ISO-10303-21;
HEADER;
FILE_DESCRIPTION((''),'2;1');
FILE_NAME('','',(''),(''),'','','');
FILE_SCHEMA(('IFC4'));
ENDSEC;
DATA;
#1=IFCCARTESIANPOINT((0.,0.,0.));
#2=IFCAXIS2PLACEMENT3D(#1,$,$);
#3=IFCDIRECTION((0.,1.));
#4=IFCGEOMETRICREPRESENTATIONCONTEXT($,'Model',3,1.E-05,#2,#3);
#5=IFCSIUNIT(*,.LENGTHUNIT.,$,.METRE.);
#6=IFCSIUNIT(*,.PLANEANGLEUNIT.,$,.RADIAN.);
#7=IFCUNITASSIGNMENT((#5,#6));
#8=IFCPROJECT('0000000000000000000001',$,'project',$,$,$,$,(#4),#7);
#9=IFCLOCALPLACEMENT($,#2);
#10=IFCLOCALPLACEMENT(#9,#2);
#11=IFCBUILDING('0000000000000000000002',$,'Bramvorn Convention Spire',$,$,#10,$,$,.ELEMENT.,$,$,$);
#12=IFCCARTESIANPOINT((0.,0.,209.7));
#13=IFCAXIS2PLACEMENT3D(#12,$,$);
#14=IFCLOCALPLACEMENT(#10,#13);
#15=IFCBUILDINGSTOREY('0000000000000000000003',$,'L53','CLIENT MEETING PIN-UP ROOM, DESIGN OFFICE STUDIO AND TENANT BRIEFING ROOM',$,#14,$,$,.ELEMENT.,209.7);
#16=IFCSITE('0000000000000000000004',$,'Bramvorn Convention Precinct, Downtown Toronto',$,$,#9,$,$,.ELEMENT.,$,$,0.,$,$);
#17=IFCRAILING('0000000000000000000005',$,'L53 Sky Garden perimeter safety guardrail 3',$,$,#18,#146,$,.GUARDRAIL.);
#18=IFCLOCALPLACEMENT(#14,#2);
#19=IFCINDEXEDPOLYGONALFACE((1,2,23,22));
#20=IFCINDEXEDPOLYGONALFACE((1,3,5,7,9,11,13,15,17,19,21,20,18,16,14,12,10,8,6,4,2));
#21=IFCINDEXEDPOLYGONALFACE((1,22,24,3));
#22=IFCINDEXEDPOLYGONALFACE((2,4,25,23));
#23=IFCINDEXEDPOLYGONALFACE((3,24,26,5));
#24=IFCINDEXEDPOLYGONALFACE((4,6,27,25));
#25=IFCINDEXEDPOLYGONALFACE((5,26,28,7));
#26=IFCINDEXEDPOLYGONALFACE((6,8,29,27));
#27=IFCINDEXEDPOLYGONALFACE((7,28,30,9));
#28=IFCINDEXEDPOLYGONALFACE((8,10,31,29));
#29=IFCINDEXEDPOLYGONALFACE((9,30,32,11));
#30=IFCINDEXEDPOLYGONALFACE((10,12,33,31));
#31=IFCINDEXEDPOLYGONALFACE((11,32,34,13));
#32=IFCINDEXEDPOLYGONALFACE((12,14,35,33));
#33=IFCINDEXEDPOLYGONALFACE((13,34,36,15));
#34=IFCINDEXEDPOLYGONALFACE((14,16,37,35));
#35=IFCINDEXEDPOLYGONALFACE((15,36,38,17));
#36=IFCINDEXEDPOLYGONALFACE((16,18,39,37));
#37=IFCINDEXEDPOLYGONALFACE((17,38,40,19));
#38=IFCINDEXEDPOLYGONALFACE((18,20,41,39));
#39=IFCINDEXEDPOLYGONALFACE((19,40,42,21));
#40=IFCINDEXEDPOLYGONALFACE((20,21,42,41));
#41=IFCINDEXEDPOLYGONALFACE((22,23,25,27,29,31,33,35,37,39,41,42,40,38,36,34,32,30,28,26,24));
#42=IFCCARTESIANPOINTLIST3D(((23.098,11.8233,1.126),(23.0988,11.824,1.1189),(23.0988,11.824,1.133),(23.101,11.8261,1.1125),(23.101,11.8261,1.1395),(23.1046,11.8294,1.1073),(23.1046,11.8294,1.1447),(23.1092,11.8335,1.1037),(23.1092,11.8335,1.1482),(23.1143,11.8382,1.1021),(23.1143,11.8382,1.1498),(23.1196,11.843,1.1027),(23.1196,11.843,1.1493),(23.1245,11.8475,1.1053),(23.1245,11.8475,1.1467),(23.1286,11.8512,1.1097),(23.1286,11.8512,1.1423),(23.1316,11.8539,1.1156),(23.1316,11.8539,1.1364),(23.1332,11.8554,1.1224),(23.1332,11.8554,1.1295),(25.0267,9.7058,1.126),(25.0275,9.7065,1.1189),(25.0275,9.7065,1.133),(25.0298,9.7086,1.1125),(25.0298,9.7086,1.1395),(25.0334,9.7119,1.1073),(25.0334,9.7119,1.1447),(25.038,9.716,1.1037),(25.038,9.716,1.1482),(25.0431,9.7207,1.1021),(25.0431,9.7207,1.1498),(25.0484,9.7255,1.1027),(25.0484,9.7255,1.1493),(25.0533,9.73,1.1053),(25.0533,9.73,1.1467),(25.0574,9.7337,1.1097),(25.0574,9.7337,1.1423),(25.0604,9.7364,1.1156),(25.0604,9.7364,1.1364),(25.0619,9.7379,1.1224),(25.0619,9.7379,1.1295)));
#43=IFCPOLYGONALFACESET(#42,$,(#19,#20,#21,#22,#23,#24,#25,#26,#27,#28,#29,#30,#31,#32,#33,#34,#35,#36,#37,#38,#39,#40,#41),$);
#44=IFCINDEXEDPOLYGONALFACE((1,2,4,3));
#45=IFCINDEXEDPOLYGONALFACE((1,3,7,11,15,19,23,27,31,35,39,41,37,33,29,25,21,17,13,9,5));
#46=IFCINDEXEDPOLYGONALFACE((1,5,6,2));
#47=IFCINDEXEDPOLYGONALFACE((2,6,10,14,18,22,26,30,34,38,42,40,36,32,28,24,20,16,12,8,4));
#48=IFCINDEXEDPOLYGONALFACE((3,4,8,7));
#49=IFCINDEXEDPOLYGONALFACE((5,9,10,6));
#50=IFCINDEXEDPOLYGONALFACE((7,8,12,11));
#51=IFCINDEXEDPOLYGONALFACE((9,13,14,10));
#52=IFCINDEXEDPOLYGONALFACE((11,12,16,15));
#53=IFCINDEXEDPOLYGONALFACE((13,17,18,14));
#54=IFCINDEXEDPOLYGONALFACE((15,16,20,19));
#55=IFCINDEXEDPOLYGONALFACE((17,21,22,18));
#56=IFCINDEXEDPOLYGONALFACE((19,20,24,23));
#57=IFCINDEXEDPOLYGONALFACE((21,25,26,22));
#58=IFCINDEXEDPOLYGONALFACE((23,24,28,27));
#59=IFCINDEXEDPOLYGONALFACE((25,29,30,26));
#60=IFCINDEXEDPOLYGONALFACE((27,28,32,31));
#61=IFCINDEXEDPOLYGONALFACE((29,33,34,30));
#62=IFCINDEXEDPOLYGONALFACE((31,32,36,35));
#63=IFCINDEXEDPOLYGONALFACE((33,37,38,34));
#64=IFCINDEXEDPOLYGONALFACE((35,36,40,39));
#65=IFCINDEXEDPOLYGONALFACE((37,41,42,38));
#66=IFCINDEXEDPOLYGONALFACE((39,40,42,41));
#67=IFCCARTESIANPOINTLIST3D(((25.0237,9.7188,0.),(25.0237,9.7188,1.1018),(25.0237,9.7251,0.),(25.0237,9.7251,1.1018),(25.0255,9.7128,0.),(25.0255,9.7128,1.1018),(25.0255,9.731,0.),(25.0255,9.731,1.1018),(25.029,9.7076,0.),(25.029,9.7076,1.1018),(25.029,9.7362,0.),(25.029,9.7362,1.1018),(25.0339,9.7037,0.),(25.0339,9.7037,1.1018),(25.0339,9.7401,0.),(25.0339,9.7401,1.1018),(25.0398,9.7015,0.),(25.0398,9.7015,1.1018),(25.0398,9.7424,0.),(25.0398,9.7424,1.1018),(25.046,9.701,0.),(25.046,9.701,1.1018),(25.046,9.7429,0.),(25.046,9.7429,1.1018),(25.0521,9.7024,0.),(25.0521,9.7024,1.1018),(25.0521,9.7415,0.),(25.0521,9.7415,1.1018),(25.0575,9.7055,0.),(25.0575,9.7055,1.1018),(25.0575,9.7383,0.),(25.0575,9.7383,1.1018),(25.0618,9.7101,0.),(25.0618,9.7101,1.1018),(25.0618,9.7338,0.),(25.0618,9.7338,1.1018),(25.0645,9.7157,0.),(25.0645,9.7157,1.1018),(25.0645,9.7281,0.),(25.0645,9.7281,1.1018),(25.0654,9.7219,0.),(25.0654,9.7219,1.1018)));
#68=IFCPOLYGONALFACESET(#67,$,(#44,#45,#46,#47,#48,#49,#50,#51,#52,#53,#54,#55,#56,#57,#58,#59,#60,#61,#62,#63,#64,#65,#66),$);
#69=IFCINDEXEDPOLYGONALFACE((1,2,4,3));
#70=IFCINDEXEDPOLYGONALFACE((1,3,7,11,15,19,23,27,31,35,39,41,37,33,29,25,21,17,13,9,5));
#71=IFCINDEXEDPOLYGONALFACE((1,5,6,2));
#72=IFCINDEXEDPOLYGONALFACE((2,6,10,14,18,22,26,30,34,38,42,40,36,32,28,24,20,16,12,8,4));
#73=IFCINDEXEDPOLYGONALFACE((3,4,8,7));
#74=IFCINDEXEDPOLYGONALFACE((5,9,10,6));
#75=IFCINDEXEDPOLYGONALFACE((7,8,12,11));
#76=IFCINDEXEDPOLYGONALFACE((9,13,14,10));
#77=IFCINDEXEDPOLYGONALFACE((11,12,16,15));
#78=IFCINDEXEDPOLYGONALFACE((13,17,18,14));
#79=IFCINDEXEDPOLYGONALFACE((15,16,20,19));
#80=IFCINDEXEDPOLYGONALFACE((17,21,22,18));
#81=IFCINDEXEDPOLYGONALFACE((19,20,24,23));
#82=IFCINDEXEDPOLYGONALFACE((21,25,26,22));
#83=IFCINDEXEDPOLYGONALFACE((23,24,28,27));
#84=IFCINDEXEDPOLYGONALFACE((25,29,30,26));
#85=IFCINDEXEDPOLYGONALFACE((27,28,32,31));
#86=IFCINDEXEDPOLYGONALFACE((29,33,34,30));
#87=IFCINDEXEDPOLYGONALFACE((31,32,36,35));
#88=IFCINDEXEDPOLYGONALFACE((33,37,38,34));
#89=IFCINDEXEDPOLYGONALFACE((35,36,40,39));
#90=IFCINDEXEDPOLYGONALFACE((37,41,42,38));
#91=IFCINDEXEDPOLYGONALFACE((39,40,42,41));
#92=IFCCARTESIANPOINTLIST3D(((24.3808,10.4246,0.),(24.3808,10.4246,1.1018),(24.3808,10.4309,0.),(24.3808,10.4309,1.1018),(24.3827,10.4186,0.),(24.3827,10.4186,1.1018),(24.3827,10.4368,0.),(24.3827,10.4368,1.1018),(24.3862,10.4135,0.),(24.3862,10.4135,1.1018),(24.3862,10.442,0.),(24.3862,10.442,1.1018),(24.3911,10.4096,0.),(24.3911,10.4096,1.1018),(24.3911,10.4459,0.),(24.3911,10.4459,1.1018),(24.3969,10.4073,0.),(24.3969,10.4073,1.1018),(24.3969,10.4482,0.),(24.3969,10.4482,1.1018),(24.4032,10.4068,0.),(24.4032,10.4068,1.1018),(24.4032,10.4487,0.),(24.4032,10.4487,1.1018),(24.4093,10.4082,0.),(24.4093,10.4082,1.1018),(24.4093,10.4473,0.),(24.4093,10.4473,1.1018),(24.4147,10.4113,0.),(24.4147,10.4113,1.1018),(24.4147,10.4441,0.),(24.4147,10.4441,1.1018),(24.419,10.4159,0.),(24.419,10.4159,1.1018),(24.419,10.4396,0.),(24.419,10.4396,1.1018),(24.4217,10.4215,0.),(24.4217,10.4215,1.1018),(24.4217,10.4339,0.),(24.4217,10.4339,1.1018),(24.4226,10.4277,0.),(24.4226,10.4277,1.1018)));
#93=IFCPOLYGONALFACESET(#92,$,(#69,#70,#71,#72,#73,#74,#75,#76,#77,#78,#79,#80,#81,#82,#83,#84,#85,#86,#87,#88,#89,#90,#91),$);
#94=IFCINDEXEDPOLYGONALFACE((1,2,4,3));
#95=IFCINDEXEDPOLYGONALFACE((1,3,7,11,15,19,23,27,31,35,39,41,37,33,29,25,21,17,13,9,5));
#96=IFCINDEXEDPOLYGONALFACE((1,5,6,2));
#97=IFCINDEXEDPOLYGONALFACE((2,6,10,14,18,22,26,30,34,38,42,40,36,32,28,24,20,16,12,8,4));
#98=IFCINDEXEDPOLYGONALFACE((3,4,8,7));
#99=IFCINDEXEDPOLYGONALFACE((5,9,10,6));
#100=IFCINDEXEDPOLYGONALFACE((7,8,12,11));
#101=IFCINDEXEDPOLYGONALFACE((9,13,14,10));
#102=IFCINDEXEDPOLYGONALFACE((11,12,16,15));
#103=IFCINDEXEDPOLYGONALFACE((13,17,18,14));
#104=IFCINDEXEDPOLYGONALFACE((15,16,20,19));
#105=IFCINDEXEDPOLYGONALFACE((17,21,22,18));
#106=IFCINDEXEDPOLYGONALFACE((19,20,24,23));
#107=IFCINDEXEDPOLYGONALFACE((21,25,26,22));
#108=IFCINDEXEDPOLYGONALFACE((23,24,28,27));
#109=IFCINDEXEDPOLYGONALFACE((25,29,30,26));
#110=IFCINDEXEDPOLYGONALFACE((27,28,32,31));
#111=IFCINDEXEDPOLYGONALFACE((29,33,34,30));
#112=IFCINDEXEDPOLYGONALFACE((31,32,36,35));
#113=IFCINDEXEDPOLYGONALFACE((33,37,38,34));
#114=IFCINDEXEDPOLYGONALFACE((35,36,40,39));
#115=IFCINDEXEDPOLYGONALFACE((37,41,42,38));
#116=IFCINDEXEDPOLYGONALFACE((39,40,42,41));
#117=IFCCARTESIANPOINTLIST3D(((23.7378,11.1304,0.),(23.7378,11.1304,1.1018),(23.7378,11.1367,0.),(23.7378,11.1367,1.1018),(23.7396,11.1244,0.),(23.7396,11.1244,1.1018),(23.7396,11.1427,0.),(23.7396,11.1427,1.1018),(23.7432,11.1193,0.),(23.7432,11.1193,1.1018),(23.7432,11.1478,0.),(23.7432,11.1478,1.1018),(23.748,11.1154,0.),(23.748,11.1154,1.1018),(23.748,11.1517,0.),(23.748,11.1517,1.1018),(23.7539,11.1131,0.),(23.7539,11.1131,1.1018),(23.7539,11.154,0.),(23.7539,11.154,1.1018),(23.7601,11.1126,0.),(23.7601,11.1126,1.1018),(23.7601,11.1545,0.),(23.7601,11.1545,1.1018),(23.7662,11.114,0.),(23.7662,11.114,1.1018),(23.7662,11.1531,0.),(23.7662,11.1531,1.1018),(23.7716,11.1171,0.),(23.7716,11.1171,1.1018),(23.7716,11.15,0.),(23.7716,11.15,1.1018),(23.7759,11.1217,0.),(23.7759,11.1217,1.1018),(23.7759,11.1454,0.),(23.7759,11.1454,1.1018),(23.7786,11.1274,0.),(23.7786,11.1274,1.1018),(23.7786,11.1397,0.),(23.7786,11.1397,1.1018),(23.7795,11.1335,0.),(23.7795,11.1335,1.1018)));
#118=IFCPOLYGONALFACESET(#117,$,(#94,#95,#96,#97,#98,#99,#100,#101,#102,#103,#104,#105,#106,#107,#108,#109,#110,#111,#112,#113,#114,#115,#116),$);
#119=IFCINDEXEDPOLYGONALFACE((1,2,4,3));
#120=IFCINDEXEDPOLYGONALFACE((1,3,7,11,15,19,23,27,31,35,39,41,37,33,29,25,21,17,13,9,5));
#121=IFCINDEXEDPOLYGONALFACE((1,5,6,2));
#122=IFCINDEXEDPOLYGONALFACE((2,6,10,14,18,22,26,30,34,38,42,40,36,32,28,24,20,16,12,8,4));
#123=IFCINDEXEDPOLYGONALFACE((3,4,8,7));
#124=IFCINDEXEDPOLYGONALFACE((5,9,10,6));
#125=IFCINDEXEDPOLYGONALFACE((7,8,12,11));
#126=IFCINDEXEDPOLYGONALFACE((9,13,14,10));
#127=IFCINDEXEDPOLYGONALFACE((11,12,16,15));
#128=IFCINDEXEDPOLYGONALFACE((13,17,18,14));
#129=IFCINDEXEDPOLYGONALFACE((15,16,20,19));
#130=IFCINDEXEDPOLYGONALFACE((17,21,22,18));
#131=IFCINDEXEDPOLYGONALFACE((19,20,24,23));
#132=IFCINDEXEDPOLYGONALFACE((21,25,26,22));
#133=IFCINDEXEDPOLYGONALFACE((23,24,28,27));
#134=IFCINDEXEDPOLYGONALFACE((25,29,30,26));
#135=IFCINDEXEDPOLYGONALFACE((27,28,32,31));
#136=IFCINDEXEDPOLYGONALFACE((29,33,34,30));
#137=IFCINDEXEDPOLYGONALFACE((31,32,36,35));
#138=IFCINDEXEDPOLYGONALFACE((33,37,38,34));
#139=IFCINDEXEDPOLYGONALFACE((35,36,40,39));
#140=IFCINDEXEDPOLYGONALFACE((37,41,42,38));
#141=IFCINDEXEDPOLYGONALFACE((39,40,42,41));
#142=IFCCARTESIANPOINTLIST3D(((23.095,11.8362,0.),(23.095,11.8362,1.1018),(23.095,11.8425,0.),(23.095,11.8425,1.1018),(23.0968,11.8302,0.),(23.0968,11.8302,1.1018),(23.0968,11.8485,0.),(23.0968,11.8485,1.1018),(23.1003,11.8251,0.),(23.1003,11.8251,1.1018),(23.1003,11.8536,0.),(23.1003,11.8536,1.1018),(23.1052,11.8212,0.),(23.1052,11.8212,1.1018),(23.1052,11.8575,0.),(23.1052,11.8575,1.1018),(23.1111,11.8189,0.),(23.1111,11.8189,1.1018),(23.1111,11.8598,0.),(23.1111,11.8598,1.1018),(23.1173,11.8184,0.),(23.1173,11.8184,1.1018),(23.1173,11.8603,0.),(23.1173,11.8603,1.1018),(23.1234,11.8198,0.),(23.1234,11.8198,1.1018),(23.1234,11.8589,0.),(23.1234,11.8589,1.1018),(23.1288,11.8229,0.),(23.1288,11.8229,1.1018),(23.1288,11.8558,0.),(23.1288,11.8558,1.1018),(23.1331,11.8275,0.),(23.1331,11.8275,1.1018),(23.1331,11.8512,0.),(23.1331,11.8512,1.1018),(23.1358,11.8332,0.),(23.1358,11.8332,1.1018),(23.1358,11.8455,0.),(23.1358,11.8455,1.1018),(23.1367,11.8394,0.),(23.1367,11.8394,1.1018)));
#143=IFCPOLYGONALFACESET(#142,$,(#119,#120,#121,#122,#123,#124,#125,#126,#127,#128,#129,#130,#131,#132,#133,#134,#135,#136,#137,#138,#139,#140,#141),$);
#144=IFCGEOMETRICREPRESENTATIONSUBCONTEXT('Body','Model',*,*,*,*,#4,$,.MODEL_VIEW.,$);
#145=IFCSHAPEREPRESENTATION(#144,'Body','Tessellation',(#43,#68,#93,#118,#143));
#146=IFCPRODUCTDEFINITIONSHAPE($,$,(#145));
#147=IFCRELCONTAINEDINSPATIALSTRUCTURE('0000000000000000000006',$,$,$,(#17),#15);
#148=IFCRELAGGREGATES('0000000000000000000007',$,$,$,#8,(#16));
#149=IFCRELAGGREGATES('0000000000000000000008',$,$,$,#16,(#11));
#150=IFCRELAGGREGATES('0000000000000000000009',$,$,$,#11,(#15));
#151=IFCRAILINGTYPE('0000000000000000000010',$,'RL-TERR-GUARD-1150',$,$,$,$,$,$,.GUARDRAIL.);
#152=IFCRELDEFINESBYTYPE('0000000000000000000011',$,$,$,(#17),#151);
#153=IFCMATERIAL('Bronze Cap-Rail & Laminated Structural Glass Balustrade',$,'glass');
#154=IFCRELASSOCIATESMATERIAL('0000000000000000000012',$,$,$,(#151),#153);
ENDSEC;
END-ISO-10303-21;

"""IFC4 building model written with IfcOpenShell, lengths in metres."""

from ifc_helpers import new_model, si_unit, direction, frame, origin, origin_2d, place, context, subcontext, project, spatial, circle, extrude, material, type_object, element, save


model = new_model("IFC4")

# Units and contexts
model_context = context("Model", 3, precision=1e-05, world=origin(), true_north=direction((0.0, 1.0)))
body_context = subcontext(model_context, "Body", "Model", "MODEL_VIEW")
ifc_project = project(units=[si_unit("LENGTHUNIT", "METRE"), si_unit("PLANEANGLEUNIT", "RADIAN")], contexts=[model_context])

# Site, building, storey
site_placement = place(None, origin())
site = spatial("IfcSite", under=ifc_project, at=site_placement, Name="Bramvorn Convention Precinct, Downtown Toronto", CompositionType="ELEMENT", RefElevation=0.0)
building_placement = place(site_placement, origin())
building = spatial("IfcBuilding", under=site, at=building_placement, Name="Bramvorn Convention Spire", CompositionType="ELEMENT")
storey_placement = place(building_placement, frame((0.0, 0.0, 209.7)))
storey = spatial("IfcBuildingStorey", under=building, at=storey_placement, Name="L53", Description="CLIENT MEETING PIN-UP ROOM, DESIGN OFFICE STUDIO AND TENANT BRIEFING ROOM", CompositionType="ELEMENT", Elevation=209.7)

# Railing
ifc_material_1 = material(Name="Bronze Cap-Rail & Laminated Structural Glass Balustrade", Category="glass")
railing_type = type_object("IfcRailingType", Name="RL-TERR-GUARD-1150", PredefinedType="GUARDRAIL", material=ifc_material_1)
railing_1_placement = place(storey_placement, frame((25.0444, 9.7219, 0.0)))
element("IfcRailing", 1, at=railing_1_placement, inside=storey, type_object=railing_type, Name="L53 Sky Garden perimeter safety guardrail 3", PredefinedType="GUARDRAIL", context=body_context, shape_type="SweptSolid", body=[
    extrude(circle(Radius=0.0239, at=origin_2d()), frame((0.0, 0.0, 1.126), z_axis=(-0.673394, 0.739284, 0.0), x_axis=(-0.739284, -0.673394, 0.0)), (0.0, 0.0, 1.0), 2.8643),
    extrude(circle(Radius=0.021, at=origin_2d()), origin(), (0.0, 0.0, 1.0), 1.1018),
    extrude(circle(Radius=0.021, at=origin_2d()), frame((-0.6428, 0.7058, 0.0)), (0.0, 0.0, 1.0), 1.1018),
    extrude(circle(Radius=0.021, at=origin_2d()), frame((-1.2859, 1.4116, 0.0)), (0.0, 0.0, 1.0), 1.1018),
    extrude(circle(Radius=0.021, at=origin_2d()), frame((-1.9287, 2.1174, 0.0)), (0.0, 0.0, 1.0), 1.1018),
])

save(model, "model.ifc")
